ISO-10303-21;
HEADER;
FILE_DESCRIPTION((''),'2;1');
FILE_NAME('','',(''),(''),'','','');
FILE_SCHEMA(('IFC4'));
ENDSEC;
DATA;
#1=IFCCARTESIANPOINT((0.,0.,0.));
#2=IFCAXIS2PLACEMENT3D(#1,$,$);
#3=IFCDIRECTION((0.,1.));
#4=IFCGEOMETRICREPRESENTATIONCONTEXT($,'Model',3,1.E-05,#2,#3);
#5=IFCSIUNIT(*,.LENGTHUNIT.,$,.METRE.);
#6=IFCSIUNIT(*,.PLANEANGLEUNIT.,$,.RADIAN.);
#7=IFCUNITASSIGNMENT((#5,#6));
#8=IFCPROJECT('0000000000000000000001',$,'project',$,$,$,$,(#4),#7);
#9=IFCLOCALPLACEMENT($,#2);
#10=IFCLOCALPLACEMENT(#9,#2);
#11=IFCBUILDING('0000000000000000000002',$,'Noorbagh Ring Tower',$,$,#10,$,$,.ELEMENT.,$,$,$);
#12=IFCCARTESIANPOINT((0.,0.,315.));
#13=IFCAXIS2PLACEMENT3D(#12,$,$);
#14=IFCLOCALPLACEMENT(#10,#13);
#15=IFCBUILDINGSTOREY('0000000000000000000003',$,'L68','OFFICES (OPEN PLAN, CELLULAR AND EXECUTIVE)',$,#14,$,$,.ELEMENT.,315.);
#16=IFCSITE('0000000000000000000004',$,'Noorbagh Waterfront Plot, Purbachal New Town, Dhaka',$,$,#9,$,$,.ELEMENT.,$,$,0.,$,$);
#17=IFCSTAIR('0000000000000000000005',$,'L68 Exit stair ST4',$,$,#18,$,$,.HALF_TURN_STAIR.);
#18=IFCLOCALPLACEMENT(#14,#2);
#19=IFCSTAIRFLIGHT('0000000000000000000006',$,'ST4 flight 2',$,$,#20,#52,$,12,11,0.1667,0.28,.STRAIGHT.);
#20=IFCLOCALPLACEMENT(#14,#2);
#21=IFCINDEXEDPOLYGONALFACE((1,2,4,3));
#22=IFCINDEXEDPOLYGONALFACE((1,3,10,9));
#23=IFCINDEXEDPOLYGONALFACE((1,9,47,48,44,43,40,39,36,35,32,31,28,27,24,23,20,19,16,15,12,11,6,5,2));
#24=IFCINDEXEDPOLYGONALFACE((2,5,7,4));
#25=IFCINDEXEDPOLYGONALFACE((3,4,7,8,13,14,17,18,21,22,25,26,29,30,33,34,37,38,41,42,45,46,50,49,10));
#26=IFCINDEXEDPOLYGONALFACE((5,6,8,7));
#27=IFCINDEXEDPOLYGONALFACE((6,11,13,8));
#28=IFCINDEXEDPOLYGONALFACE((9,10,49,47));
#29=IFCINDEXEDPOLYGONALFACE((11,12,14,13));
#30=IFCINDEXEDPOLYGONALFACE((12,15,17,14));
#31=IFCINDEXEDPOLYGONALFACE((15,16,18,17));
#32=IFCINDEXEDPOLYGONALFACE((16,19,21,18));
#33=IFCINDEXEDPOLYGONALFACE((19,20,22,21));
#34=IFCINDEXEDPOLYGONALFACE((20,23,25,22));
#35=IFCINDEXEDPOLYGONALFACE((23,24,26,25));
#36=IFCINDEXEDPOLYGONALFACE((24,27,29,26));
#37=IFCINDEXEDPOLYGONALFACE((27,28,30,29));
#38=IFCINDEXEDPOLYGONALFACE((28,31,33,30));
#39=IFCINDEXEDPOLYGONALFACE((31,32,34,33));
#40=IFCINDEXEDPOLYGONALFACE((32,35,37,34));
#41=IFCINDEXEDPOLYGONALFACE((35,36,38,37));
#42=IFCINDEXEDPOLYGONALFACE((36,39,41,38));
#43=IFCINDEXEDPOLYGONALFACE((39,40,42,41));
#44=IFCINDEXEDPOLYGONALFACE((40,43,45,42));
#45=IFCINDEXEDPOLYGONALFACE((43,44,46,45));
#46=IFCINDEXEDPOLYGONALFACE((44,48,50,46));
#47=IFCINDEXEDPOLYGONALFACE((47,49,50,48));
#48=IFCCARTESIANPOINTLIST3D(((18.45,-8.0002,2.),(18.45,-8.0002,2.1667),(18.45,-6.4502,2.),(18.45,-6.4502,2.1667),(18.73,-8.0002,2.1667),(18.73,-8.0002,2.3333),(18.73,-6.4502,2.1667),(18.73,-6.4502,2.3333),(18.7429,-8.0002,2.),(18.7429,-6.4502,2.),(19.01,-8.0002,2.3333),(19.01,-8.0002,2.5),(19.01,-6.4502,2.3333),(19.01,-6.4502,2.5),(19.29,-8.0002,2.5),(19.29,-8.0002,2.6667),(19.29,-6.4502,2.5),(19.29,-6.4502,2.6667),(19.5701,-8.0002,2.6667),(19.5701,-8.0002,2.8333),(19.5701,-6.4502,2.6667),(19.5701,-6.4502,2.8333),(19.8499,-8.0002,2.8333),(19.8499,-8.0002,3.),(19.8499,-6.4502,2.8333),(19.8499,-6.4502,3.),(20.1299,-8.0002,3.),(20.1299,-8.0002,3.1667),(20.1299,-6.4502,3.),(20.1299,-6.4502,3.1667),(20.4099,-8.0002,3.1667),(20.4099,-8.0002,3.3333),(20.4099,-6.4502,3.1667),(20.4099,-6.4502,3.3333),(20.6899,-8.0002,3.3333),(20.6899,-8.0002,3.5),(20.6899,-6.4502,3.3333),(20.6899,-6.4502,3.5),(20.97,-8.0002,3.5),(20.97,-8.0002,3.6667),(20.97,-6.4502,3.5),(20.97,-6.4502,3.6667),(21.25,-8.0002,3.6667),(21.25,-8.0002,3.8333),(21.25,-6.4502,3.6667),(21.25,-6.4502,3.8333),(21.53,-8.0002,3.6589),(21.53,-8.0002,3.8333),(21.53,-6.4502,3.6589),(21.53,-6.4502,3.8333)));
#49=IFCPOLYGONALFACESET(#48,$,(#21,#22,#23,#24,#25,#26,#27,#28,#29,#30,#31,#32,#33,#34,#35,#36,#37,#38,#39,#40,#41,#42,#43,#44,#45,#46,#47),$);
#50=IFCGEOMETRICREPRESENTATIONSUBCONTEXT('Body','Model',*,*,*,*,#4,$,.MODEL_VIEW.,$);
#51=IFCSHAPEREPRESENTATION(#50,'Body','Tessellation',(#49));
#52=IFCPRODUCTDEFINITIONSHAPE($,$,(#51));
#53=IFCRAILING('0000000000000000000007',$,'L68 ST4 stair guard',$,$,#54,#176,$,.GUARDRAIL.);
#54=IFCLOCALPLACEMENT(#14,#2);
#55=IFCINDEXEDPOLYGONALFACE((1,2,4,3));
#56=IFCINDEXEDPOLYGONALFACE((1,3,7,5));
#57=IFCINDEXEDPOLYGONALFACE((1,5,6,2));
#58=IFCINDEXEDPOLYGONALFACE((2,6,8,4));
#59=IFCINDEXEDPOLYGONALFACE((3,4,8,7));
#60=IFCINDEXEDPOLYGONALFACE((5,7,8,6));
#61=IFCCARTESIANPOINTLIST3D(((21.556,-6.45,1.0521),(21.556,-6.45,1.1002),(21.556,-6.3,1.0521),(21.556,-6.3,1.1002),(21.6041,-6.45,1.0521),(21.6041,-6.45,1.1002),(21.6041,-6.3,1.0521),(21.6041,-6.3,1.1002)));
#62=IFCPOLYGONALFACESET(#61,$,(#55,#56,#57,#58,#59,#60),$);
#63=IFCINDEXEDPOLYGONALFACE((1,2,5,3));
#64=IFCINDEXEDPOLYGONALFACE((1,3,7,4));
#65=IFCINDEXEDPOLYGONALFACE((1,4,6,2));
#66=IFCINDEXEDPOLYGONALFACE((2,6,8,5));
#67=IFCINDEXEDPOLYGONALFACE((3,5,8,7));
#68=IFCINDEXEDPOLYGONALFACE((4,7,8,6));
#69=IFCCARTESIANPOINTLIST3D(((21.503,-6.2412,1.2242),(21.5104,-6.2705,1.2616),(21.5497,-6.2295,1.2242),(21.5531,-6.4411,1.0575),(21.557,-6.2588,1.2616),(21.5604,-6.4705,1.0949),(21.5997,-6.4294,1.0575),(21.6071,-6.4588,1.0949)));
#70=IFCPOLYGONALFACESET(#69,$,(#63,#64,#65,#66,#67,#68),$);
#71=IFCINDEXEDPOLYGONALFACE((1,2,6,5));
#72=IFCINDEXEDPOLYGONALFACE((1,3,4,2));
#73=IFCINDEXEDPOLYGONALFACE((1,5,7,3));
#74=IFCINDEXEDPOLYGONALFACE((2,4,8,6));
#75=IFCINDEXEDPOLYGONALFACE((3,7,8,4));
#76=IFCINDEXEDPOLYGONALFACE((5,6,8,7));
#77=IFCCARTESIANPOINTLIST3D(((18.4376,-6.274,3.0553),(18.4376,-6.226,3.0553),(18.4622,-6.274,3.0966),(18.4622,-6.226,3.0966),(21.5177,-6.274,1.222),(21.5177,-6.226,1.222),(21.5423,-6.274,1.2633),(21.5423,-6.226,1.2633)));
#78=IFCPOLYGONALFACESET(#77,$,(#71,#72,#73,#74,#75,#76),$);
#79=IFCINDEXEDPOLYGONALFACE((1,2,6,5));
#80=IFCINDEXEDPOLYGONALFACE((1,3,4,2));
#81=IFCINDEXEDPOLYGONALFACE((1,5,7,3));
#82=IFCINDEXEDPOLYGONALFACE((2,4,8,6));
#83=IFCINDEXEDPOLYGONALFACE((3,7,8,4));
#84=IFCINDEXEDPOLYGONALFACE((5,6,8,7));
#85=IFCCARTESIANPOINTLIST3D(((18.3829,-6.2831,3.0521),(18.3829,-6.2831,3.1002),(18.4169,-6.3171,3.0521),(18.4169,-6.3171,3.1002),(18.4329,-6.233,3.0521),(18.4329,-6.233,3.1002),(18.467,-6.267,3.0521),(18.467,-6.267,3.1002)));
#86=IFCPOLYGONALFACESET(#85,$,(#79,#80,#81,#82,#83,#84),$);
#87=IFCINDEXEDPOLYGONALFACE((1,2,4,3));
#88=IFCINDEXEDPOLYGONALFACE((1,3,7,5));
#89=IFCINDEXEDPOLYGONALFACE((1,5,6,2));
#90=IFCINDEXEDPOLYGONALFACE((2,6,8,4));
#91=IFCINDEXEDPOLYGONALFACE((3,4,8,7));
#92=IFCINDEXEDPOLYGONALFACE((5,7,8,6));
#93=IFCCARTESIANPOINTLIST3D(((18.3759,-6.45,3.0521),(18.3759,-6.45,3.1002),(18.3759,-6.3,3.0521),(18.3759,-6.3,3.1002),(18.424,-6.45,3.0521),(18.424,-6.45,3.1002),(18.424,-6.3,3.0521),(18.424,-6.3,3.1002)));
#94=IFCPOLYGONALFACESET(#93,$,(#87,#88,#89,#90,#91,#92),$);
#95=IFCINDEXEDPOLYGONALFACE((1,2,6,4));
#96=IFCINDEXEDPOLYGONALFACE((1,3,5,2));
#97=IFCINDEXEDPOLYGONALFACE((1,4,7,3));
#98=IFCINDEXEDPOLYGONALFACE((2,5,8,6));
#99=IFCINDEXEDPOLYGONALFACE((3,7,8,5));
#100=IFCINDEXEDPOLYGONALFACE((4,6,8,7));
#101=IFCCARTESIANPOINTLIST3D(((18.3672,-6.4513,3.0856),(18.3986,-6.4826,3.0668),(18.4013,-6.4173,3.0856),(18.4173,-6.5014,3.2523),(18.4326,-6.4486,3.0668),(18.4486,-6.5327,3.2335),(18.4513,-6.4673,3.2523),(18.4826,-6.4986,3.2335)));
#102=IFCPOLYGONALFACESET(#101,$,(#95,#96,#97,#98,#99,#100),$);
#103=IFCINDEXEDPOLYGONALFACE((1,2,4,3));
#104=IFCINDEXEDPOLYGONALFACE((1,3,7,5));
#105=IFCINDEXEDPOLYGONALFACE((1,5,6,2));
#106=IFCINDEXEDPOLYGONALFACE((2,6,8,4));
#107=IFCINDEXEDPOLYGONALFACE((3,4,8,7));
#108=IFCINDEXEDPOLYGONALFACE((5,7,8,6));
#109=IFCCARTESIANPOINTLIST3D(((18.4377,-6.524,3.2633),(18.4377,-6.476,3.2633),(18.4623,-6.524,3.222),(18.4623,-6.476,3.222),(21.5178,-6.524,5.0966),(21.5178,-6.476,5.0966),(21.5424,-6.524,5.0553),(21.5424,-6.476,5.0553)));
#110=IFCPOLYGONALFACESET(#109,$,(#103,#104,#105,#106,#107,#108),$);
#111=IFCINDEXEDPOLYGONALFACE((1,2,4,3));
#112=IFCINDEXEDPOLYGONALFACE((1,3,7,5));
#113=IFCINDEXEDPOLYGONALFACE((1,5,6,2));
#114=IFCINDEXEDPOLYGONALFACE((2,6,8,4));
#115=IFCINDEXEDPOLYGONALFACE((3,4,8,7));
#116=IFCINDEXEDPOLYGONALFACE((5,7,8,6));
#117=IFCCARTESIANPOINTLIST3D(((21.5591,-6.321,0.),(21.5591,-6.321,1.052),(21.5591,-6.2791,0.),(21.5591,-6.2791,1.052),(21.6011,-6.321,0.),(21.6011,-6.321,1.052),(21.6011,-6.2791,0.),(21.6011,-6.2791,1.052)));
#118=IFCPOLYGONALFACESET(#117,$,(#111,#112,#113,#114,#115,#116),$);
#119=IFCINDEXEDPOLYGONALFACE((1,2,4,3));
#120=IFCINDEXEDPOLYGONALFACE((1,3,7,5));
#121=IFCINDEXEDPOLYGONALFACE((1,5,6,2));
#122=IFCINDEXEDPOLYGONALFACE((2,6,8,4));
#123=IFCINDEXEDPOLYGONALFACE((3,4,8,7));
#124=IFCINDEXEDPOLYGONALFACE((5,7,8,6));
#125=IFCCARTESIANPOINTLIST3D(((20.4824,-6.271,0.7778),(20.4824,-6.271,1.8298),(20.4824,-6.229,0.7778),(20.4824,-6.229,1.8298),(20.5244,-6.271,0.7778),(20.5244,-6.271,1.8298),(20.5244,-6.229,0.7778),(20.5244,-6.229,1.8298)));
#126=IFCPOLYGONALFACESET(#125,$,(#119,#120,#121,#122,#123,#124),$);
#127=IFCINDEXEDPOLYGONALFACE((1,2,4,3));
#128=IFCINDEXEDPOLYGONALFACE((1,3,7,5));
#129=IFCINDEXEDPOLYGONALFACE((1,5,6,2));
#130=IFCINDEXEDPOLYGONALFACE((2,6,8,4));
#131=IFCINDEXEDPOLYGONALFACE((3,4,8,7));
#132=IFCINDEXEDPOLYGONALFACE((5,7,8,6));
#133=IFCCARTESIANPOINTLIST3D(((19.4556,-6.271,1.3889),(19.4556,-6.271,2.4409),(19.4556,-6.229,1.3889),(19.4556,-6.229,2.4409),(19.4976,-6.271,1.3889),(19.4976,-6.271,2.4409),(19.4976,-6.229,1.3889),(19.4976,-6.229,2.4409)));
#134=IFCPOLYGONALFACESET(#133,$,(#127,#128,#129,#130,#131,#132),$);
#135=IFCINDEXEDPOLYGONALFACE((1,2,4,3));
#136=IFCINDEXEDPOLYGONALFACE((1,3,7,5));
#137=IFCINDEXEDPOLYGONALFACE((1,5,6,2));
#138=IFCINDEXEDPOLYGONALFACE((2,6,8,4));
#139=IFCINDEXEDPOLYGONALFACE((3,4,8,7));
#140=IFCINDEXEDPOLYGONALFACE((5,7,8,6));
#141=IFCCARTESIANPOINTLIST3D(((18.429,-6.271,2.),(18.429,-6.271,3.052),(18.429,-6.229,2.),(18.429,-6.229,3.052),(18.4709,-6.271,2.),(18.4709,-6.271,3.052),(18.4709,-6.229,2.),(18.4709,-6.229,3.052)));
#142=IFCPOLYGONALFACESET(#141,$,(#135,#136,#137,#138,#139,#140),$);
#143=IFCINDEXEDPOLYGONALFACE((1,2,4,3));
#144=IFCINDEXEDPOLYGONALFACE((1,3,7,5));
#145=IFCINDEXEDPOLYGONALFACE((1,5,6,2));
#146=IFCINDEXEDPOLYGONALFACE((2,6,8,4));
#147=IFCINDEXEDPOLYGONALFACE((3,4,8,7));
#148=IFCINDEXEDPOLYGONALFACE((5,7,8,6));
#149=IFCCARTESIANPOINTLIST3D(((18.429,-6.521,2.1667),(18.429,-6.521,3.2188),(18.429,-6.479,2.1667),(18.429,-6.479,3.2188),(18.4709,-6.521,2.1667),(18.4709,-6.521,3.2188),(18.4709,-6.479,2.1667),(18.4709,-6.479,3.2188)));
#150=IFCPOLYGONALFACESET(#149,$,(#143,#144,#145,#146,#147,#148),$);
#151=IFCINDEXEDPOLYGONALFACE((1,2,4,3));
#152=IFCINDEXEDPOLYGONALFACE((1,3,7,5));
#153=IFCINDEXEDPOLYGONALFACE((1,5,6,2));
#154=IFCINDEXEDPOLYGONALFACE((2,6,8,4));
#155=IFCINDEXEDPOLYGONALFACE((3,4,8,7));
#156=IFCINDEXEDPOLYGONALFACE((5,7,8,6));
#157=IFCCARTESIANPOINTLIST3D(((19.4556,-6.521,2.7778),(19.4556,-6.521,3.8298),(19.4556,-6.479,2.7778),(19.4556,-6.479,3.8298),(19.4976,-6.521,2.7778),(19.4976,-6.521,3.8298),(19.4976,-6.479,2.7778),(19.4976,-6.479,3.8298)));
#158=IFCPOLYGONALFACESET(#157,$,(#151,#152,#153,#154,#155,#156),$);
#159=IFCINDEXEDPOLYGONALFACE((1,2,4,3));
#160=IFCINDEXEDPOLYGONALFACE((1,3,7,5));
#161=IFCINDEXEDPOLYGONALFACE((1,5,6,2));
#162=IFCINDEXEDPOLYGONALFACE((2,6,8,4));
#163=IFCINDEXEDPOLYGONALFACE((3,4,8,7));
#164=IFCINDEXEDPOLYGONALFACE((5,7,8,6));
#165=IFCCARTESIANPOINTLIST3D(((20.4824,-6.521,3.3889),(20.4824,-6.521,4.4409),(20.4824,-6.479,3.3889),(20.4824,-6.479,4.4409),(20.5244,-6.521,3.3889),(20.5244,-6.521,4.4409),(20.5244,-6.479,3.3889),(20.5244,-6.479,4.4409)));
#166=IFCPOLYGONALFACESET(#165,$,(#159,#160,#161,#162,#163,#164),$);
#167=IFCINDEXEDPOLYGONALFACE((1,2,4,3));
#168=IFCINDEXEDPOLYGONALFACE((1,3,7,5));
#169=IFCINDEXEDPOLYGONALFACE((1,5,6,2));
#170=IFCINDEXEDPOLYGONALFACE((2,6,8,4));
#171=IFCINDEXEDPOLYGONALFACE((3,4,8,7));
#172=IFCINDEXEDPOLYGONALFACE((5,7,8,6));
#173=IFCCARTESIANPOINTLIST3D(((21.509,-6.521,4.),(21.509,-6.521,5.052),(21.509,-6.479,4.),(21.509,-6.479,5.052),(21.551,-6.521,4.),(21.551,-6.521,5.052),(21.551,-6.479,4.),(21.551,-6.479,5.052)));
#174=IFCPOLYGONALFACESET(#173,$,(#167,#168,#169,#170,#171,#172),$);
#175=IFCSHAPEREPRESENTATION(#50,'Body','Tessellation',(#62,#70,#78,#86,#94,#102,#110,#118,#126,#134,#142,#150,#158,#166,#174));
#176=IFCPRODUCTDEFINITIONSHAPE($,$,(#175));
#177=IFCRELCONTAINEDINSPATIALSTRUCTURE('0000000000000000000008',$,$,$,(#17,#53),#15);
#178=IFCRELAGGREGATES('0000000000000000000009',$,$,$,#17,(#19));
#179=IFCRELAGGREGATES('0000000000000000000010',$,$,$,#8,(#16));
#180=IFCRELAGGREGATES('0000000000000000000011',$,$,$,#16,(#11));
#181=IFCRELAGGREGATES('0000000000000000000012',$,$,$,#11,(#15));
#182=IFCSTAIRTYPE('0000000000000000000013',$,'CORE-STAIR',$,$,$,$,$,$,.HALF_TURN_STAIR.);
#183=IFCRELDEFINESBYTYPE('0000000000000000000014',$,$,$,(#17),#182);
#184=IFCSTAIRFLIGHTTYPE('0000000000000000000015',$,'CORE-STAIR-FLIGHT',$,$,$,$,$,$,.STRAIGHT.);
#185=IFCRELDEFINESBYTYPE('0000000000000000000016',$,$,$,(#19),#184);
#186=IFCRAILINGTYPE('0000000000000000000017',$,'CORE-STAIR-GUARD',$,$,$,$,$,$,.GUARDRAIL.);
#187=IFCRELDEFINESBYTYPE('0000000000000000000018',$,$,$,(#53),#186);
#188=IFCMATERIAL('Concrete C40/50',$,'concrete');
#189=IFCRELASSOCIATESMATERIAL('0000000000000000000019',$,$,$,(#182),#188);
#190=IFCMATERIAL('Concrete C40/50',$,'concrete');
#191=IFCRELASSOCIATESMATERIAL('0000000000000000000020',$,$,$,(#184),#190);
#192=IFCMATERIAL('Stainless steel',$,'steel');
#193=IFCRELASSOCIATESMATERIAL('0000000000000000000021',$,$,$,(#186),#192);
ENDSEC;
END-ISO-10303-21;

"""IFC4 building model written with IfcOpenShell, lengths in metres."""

from ifc_helpers import new_model, si_unit, direction, frame, origin, origin_2d, place, context, subcontext, project, spatial, polyline, rectangle, outline, extrude, material, type_object, element, aggregate, save


model = new_model("IFC4")

# Units and contexts
model_context = context("Model", 3, precision=1e-05, world=origin(), true_north=direction((0.0, 1.0)))
body_context = subcontext(model_context, "Body", "Model", "MODEL_VIEW")
ifc_project = project(units=[si_unit("LENGTHUNIT", "METRE"), si_unit("PLANEANGLEUNIT", "RADIAN")], contexts=[model_context])

# Site, building, storey
site_placement = place(None, origin())
site = spatial("IfcSite", under=ifc_project, at=site_placement, Name="Noorbagh Waterfront Plot, Purbachal New Town, Dhaka", CompositionType="ELEMENT", RefElevation=0.0)
building_placement = place(site_placement, origin())
building = spatial("IfcBuilding", under=site, at=building_placement, Name="Noorbagh Ring Tower", CompositionType="ELEMENT")
storey_placement = place(building_placement, frame((0.0, 0.0, 315.0)))
storey = spatial("IfcBuildingStorey", under=building, at=storey_placement, Name="L68", Description="OFFICES (OPEN PLAN, CELLULAR AND EXECUTIVE)", CompositionType="ELEMENT", Elevation=315.0)

# Stair, stair flight
ifc_material_1 = material(Name="Concrete C40/50", Category="concrete")
stair_type = type_object("IfcStairType", Name="CORE-STAIR", PredefinedType="HALF_TURN_STAIR", material=ifc_material_1)
stair_placement = place(storey_placement, origin())
stair = element("IfcStair", 1, at=stair_placement, inside=storey, type_object=stair_type, Name="L68 Exit stair ST4", PredefinedType="HALF_TURN_STAIR")
ifc_material_2 = material(Name="Concrete C40/50", Category="concrete")
stair_flight_type = type_object("IfcStairFlightType", Name="CORE-STAIR-FLIGHT", PredefinedType="STRAIGHT", material=ifc_material_2)
stair_flight_1_placement = place(storey_placement, frame((18.45, -7.2251, 2.0), z_axis=(0.0, 0.0, 1.0), x_axis=(1.0, 0.0, 0.0)))
stair_flight_1 = element("IfcStairFlight", 2, at=stair_flight_1_placement, type_object=stair_flight_type, Name="ST4 flight 2", NumberOfRisers=12, NumberOfTreads=11, PredefinedType="STRAIGHT", RiserHeight=0.1667, TreadLength=0.28, context=body_context, shape_type="SweptSolid", body=[
    extrude(outline(polyline([(0.0, 0.0), (0.0, 0.1667), (0.28, 0.1667), (0.28, 0.3333), (0.5601, 0.3333), (0.5601, 0.5), (0.8401, 0.5), (0.8401, 0.6667), (1.1201, 0.6667), (1.1201, 0.8333), (1.3999, 0.8333), (1.3999, 1.0), (1.6799, 1.0), (1.6799, 1.1667), (1.96, 1.1667), (1.96, 1.3333), (2.24, 1.3333), (2.24, 1.5), (2.52, 1.5), (2.52, 1.6667), (2.8, 1.6667), (2.8, 1.8333), (3.0801, 1.8333), (3.0801, 2.0), (3.0801, 1.6589), (0.293, 0.0), (0.0, 0.0)])), frame((0.0, 0.7749, 0.0), z_axis=(0.0, -1.0, 0.0), x_axis=(1.0, 0.0, 0.0)), (0.0, 0.0, 1.0), 1.55),
])
aggregate(stair, [stair_flight_1])

# Railing
ifc_material_3 = material(Name="Stainless steel", Category="steel")
railing_type_1 = type_object("IfcRailingType", Name="CORE-STAIR-GUARD", PredefinedType="GUARDRAIL", material=ifc_material_3)
railing_1_placement = place(storey_placement, frame((21.5801, -6.3, 0.0)))
element("IfcRailing", 3, at=railing_1_placement, inside=storey, type_object=railing_type_1, Name="L68 ST4 stair guard", PredefinedType="GUARDRAIL", context=body_context, shape_type="SweptSolid", body=[
    extrude(rectangle(XDim=0.0481, YDim=0.0481, at=origin_2d()), frame((0.0, 0.0, 1.0762), z_axis=(0.0, -1.0, 0.0), x_axis=(1.0, 0.0, 0.0)), (0.0, 0.0, 1.0), 0.1499),
    extrude(rectangle(XDim=0.0481, YDim=0.0481, at=origin_2d()), frame((0.0, -0.1499, 1.0762), z_axis=(-0.188776, 0.754182, 0.628946), x_axis=(-0.970073, -0.242814, 0.0)), (0.0, 0.0, 1.0), 0.2651),
    extrude(rectangle(XDim=0.0481, YDim=0.0481, at=origin_2d()), frame((-0.05, 0.05, 1.2427), z_axis=(-0.859309, 0.0, 0.511458), x_axis=(0.0, -1.0, 0.0)), (0.0, 0.0, 1.0), 3.5845),
    extrude(rectangle(XDim=0.0481, YDim=0.0481, at=origin_2d()), frame((-3.1301, 0.05, 3.0762), z_axis=(-0.707107, -0.707107, 0.0), x_axis=(0.707107, -0.707107, 0.0)), (0.0, 0.0, 1.0), 0.0708),
    extrude(rectangle(XDim=0.0481, YDim=0.0481, at=origin_2d()), frame((-3.1802, 0.0, 3.0762), z_axis=(0.0, -1.0, 0.0), x_axis=(1.0, 0.0, 0.0)), (0.0, 0.0, 1.0), 0.1499),
    extrude(rectangle(XDim=0.0481, YDim=0.0481, at=origin_2d()), frame((-3.1802, -0.1499, 3.0762), z_axis=(0.276287, -0.276287, 0.920506), x_axis=(0.707107, 0.707107, 0.0)), (0.0, 0.0, 1.0), 0.1812),
    extrude(rectangle(XDim=0.0481, YDim=0.0481, at=origin_2d()), frame((-3.1301, -0.2, 3.2427), z_axis=(0.859309, 0.0, 0.511458), x_axis=(0.0, 1.0, 0.0)), (0.0, 0.0, 1.0), 3.5845),
    extrude(rectangle(XDim=0.042, YDim=0.042, at=origin_2d()), origin(), (0.0, 0.0, 1.0), 1.052),
    extrude(rectangle(XDim=0.042, YDim=0.042, at=origin_2d()), frame((-1.0767, 0.05, 0.7778)), (0.0, 0.0, 1.0), 1.052),
    extrude(rectangle(XDim=0.042, YDim=0.042, at=origin_2d()), frame((-2.1035, 0.05, 1.3889)), (0.0, 0.0, 1.0), 1.052),
    extrude(rectangle(XDim=0.042, YDim=0.042, at=origin_2d()), frame((-3.1301, 0.05, 2.0)), (0.0, 0.0, 1.0), 1.052),
    extrude(rectangle(XDim=0.042, YDim=0.042, at=origin_2d()), frame((-3.1301, -0.2, 2.1667)), (0.0, 0.0, 1.0), 1.052),
    extrude(rectangle(XDim=0.042, YDim=0.042, at=origin_2d()), frame((-2.1035, -0.2, 2.7778)), (0.0, 0.0, 1.0), 1.052),
    extrude(rectangle(XDim=0.042, YDim=0.042, at=origin_2d()), frame((-1.0767, -0.2, 3.3889)), (0.0, 0.0, 1.0), 1.052),
    extrude(rectangle(XDim=0.042, YDim=0.042, at=origin_2d()), frame((-0.05, -0.2, 4.0)), (0.0, 0.0, 1.0), 1.052),
])

save(model, "model.ifc")
